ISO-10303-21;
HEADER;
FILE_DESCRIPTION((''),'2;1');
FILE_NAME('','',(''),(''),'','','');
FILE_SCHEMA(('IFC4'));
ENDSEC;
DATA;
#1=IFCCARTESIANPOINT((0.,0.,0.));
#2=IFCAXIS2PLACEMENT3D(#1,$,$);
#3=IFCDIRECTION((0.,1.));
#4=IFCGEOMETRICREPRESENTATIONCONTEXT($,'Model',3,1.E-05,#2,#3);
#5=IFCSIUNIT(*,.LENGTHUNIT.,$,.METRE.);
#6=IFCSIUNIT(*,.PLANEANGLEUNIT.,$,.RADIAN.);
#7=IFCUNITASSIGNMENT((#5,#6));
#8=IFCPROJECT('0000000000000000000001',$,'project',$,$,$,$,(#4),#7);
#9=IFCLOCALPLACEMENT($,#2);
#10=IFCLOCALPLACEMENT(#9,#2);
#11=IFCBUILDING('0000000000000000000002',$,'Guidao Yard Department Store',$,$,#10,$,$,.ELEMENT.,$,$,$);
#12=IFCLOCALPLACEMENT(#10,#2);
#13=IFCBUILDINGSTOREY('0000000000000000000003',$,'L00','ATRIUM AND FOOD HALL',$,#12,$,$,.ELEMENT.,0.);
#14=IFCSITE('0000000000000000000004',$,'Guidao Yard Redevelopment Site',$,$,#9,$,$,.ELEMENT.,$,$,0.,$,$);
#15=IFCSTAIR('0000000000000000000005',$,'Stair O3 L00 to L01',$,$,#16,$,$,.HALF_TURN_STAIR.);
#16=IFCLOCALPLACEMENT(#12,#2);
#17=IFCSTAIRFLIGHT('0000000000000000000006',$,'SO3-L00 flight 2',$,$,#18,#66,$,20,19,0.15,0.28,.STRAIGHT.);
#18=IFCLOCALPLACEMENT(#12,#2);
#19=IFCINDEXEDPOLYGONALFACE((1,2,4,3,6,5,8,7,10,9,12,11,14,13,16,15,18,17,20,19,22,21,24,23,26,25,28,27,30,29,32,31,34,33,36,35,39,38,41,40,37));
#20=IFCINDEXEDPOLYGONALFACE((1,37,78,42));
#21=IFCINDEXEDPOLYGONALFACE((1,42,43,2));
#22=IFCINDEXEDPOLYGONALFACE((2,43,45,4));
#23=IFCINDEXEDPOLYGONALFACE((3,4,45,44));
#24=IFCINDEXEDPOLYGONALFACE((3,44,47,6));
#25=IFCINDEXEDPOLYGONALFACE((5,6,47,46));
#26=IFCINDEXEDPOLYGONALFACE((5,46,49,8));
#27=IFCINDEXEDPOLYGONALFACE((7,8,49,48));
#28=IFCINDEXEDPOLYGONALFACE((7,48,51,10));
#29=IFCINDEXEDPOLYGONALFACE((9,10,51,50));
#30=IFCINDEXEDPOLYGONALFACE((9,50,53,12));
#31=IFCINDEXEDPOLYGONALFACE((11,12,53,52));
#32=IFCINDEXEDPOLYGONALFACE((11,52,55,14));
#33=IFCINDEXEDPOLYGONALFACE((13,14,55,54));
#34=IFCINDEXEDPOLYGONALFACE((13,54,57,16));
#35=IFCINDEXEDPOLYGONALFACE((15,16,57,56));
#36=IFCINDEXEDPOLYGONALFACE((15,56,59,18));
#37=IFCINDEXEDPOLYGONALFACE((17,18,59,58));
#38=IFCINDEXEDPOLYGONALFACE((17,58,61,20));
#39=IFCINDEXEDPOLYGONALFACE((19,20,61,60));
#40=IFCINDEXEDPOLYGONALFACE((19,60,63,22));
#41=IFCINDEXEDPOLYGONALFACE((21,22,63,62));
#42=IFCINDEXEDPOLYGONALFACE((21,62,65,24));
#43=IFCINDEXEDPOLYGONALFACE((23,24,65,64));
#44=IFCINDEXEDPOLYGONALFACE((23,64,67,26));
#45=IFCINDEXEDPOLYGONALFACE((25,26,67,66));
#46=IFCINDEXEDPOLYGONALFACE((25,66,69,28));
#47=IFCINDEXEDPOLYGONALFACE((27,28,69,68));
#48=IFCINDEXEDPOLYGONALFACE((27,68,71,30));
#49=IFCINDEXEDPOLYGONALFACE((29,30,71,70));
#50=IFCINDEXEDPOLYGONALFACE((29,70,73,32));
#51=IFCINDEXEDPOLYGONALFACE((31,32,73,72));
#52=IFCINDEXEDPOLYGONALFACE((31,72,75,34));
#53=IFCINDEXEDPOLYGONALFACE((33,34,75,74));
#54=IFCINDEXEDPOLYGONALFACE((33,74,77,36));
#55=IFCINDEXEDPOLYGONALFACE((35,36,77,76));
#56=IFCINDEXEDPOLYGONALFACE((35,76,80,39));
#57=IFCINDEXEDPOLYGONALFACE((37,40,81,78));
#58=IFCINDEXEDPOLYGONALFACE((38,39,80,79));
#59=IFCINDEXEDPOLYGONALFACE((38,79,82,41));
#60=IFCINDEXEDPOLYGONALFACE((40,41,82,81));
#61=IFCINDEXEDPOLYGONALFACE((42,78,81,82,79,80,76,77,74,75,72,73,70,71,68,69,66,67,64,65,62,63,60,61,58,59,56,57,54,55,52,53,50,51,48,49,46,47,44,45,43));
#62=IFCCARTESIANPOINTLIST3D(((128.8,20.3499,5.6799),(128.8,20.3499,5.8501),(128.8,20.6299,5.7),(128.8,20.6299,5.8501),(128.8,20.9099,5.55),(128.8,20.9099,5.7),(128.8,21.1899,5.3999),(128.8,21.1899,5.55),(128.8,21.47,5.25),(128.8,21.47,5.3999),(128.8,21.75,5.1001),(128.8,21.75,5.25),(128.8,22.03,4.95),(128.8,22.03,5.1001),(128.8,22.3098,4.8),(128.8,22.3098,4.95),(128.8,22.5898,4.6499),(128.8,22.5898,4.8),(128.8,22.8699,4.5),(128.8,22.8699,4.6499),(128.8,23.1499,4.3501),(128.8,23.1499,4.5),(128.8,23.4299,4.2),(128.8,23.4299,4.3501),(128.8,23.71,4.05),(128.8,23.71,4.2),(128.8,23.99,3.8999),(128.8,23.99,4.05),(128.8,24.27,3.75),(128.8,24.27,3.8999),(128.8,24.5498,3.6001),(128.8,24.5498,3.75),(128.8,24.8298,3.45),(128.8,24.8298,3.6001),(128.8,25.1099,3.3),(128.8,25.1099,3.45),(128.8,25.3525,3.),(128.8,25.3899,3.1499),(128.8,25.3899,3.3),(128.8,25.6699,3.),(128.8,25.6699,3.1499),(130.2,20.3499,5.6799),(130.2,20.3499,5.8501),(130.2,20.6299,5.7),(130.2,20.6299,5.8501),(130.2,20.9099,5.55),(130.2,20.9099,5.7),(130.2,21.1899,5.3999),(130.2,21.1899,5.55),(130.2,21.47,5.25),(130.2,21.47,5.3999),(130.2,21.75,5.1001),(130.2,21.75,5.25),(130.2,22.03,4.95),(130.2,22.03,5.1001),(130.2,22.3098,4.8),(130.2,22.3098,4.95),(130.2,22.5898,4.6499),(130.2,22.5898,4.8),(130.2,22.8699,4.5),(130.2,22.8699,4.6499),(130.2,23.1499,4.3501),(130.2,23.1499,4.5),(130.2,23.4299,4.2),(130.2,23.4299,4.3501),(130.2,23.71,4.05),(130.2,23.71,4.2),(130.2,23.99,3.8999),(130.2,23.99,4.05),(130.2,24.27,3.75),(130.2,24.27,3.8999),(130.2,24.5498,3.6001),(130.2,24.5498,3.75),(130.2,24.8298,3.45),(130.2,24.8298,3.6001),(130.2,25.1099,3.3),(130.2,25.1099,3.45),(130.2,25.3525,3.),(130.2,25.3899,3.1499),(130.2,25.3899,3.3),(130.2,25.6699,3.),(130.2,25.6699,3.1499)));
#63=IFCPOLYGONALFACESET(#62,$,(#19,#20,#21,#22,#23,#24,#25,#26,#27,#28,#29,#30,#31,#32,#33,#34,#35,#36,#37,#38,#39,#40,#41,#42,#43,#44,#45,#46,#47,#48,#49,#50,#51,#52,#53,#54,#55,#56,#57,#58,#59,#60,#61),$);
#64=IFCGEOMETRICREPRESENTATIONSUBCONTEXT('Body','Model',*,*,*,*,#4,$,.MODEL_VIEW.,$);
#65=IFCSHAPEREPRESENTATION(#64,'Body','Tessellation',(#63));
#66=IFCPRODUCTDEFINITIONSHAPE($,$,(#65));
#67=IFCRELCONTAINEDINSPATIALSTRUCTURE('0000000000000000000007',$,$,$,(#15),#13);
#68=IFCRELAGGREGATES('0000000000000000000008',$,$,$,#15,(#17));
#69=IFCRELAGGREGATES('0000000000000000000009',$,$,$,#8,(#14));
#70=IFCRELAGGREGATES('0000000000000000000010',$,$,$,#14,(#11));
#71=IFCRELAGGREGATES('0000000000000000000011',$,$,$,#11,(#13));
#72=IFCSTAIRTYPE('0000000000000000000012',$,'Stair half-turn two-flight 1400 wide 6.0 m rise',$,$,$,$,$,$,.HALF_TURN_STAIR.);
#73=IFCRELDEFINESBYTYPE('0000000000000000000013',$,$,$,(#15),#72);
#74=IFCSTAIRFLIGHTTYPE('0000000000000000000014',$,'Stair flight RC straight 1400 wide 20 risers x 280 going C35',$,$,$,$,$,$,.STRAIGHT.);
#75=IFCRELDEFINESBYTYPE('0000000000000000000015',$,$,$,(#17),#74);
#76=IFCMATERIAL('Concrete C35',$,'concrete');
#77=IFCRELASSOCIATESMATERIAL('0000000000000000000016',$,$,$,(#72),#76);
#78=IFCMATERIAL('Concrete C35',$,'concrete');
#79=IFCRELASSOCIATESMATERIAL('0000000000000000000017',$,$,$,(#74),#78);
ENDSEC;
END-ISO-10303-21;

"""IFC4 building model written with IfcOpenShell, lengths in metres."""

from ifc_helpers import new_model, si_unit, direction, frame, origin, place, context, subcontext, project, spatial, polyline, outline, extrude, material, type_object, element, aggregate, save


model = new_model("IFC4")

# Units and contexts
model_context = context("Model", 3, precision=1e-05, world=origin(), true_north=direction((0.0, 1.0)))
body_context = subcontext(model_context, "Body", "Model", "MODEL_VIEW")
ifc_project = project(units=[si_unit("LENGTHUNIT", "METRE"), si_unit("PLANEANGLEUNIT", "RADIAN")], contexts=[model_context])

# Site, building, storey
site_placement = place(None, origin())
site = spatial("IfcSite", under=ifc_project, at=site_placement, Name="Guidao Yard Redevelopment Site", CompositionType="ELEMENT", RefElevation=0.0)
building_placement = place(site_placement, origin())
building = spatial("IfcBuilding", under=site, at=building_placement, Name="Guidao Yard Department Store", CompositionType="ELEMENT")
storey_placement = place(building_placement, origin())
storey = spatial("IfcBuildingStorey", under=building, at=storey_placement, Name="L00", Description="ATRIUM AND FOOD HALL", CompositionType="ELEMENT", Elevation=0.0)

# Stair, stair flight
ifc_material_1 = material(Name="Concrete C35", Category="concrete")
stair_type = type_object("IfcStairType", Name="Stair half-turn two-flight 1400 wide 6.0 m rise", PredefinedType="HALF_TURN_STAIR", material=ifc_material_1)
stair_placement = place(storey_placement, origin())
stair = element("IfcStair", 1, at=stair_placement, inside=storey, type_object=stair_type, Name="Stair O3 L00 to L01", PredefinedType="HALF_TURN_STAIR")
ifc_material_2 = material(Name="Concrete C35", Category="concrete")
stair_flight_type = type_object("IfcStairFlightType", Name="Stair flight RC straight 1400 wide 20 risers x 280 going C35", PredefinedType="STRAIGHT", material=ifc_material_2)
stair_flight_1_placement = place(storey_placement, frame((129.5, 25.6699, 3.0), z_axis=(0.0, 0.0, 1.0), x_axis=(0.0, -1.0, 0.0)))
stair_flight_1 = element("IfcStairFlight", 2, at=stair_flight_1_placement, type_object=stair_flight_type, Name="SO3-L00 flight 2", NumberOfRisers=20, NumberOfTreads=19, PredefinedType="STRAIGHT", RiserHeight=0.15, TreadLength=0.28, context=body_context, shape_type="SweptSolid", body=[
    extrude(outline(polyline([(0.0, 0.0), (0.0, 0.1499), (0.28, 0.1499), (0.28, 0.3), (0.5601, 0.3), (0.5601, 0.45), (0.8401, 0.45), (0.8401, 0.6001), (1.1201, 0.6001), (1.1201, 0.75), (1.3999, 0.75), (1.3999, 0.8999), (1.6799, 0.8999), (1.6799, 1.05), (1.96, 1.05), (1.96, 1.2), (2.24, 1.2), (2.24, 1.3501), (2.52, 1.3501), (2.52, 1.5), (2.8, 1.5), (2.8, 1.6499), (3.0801, 1.6499), (3.0801, 1.8), (3.3601, 1.8), (3.3601, 1.95), (3.6399, 1.95), (3.6399, 2.1001), (3.9199, 2.1001), (3.9199, 2.25), (4.2, 2.25), (4.2, 2.3999), (4.48, 2.3999), (4.48, 2.55), (4.76, 2.55), (4.76, 2.7), (5.04, 2.7), (5.04, 2.8501), (5.3201, 2.8501), (5.3201, 3.0), (5.3201, 2.6799), (0.3174, 0.0), (0.0, 0.0)])), frame((0.0, 0.7, 0.0), z_axis=(0.0, -1.0, 0.0), x_axis=(1.0, 0.0, 0.0)), (0.0, 0.0, 1.0), 1.3999),
])
aggregate(stair, [stair_flight_1])

save(model, "model.ifc")
